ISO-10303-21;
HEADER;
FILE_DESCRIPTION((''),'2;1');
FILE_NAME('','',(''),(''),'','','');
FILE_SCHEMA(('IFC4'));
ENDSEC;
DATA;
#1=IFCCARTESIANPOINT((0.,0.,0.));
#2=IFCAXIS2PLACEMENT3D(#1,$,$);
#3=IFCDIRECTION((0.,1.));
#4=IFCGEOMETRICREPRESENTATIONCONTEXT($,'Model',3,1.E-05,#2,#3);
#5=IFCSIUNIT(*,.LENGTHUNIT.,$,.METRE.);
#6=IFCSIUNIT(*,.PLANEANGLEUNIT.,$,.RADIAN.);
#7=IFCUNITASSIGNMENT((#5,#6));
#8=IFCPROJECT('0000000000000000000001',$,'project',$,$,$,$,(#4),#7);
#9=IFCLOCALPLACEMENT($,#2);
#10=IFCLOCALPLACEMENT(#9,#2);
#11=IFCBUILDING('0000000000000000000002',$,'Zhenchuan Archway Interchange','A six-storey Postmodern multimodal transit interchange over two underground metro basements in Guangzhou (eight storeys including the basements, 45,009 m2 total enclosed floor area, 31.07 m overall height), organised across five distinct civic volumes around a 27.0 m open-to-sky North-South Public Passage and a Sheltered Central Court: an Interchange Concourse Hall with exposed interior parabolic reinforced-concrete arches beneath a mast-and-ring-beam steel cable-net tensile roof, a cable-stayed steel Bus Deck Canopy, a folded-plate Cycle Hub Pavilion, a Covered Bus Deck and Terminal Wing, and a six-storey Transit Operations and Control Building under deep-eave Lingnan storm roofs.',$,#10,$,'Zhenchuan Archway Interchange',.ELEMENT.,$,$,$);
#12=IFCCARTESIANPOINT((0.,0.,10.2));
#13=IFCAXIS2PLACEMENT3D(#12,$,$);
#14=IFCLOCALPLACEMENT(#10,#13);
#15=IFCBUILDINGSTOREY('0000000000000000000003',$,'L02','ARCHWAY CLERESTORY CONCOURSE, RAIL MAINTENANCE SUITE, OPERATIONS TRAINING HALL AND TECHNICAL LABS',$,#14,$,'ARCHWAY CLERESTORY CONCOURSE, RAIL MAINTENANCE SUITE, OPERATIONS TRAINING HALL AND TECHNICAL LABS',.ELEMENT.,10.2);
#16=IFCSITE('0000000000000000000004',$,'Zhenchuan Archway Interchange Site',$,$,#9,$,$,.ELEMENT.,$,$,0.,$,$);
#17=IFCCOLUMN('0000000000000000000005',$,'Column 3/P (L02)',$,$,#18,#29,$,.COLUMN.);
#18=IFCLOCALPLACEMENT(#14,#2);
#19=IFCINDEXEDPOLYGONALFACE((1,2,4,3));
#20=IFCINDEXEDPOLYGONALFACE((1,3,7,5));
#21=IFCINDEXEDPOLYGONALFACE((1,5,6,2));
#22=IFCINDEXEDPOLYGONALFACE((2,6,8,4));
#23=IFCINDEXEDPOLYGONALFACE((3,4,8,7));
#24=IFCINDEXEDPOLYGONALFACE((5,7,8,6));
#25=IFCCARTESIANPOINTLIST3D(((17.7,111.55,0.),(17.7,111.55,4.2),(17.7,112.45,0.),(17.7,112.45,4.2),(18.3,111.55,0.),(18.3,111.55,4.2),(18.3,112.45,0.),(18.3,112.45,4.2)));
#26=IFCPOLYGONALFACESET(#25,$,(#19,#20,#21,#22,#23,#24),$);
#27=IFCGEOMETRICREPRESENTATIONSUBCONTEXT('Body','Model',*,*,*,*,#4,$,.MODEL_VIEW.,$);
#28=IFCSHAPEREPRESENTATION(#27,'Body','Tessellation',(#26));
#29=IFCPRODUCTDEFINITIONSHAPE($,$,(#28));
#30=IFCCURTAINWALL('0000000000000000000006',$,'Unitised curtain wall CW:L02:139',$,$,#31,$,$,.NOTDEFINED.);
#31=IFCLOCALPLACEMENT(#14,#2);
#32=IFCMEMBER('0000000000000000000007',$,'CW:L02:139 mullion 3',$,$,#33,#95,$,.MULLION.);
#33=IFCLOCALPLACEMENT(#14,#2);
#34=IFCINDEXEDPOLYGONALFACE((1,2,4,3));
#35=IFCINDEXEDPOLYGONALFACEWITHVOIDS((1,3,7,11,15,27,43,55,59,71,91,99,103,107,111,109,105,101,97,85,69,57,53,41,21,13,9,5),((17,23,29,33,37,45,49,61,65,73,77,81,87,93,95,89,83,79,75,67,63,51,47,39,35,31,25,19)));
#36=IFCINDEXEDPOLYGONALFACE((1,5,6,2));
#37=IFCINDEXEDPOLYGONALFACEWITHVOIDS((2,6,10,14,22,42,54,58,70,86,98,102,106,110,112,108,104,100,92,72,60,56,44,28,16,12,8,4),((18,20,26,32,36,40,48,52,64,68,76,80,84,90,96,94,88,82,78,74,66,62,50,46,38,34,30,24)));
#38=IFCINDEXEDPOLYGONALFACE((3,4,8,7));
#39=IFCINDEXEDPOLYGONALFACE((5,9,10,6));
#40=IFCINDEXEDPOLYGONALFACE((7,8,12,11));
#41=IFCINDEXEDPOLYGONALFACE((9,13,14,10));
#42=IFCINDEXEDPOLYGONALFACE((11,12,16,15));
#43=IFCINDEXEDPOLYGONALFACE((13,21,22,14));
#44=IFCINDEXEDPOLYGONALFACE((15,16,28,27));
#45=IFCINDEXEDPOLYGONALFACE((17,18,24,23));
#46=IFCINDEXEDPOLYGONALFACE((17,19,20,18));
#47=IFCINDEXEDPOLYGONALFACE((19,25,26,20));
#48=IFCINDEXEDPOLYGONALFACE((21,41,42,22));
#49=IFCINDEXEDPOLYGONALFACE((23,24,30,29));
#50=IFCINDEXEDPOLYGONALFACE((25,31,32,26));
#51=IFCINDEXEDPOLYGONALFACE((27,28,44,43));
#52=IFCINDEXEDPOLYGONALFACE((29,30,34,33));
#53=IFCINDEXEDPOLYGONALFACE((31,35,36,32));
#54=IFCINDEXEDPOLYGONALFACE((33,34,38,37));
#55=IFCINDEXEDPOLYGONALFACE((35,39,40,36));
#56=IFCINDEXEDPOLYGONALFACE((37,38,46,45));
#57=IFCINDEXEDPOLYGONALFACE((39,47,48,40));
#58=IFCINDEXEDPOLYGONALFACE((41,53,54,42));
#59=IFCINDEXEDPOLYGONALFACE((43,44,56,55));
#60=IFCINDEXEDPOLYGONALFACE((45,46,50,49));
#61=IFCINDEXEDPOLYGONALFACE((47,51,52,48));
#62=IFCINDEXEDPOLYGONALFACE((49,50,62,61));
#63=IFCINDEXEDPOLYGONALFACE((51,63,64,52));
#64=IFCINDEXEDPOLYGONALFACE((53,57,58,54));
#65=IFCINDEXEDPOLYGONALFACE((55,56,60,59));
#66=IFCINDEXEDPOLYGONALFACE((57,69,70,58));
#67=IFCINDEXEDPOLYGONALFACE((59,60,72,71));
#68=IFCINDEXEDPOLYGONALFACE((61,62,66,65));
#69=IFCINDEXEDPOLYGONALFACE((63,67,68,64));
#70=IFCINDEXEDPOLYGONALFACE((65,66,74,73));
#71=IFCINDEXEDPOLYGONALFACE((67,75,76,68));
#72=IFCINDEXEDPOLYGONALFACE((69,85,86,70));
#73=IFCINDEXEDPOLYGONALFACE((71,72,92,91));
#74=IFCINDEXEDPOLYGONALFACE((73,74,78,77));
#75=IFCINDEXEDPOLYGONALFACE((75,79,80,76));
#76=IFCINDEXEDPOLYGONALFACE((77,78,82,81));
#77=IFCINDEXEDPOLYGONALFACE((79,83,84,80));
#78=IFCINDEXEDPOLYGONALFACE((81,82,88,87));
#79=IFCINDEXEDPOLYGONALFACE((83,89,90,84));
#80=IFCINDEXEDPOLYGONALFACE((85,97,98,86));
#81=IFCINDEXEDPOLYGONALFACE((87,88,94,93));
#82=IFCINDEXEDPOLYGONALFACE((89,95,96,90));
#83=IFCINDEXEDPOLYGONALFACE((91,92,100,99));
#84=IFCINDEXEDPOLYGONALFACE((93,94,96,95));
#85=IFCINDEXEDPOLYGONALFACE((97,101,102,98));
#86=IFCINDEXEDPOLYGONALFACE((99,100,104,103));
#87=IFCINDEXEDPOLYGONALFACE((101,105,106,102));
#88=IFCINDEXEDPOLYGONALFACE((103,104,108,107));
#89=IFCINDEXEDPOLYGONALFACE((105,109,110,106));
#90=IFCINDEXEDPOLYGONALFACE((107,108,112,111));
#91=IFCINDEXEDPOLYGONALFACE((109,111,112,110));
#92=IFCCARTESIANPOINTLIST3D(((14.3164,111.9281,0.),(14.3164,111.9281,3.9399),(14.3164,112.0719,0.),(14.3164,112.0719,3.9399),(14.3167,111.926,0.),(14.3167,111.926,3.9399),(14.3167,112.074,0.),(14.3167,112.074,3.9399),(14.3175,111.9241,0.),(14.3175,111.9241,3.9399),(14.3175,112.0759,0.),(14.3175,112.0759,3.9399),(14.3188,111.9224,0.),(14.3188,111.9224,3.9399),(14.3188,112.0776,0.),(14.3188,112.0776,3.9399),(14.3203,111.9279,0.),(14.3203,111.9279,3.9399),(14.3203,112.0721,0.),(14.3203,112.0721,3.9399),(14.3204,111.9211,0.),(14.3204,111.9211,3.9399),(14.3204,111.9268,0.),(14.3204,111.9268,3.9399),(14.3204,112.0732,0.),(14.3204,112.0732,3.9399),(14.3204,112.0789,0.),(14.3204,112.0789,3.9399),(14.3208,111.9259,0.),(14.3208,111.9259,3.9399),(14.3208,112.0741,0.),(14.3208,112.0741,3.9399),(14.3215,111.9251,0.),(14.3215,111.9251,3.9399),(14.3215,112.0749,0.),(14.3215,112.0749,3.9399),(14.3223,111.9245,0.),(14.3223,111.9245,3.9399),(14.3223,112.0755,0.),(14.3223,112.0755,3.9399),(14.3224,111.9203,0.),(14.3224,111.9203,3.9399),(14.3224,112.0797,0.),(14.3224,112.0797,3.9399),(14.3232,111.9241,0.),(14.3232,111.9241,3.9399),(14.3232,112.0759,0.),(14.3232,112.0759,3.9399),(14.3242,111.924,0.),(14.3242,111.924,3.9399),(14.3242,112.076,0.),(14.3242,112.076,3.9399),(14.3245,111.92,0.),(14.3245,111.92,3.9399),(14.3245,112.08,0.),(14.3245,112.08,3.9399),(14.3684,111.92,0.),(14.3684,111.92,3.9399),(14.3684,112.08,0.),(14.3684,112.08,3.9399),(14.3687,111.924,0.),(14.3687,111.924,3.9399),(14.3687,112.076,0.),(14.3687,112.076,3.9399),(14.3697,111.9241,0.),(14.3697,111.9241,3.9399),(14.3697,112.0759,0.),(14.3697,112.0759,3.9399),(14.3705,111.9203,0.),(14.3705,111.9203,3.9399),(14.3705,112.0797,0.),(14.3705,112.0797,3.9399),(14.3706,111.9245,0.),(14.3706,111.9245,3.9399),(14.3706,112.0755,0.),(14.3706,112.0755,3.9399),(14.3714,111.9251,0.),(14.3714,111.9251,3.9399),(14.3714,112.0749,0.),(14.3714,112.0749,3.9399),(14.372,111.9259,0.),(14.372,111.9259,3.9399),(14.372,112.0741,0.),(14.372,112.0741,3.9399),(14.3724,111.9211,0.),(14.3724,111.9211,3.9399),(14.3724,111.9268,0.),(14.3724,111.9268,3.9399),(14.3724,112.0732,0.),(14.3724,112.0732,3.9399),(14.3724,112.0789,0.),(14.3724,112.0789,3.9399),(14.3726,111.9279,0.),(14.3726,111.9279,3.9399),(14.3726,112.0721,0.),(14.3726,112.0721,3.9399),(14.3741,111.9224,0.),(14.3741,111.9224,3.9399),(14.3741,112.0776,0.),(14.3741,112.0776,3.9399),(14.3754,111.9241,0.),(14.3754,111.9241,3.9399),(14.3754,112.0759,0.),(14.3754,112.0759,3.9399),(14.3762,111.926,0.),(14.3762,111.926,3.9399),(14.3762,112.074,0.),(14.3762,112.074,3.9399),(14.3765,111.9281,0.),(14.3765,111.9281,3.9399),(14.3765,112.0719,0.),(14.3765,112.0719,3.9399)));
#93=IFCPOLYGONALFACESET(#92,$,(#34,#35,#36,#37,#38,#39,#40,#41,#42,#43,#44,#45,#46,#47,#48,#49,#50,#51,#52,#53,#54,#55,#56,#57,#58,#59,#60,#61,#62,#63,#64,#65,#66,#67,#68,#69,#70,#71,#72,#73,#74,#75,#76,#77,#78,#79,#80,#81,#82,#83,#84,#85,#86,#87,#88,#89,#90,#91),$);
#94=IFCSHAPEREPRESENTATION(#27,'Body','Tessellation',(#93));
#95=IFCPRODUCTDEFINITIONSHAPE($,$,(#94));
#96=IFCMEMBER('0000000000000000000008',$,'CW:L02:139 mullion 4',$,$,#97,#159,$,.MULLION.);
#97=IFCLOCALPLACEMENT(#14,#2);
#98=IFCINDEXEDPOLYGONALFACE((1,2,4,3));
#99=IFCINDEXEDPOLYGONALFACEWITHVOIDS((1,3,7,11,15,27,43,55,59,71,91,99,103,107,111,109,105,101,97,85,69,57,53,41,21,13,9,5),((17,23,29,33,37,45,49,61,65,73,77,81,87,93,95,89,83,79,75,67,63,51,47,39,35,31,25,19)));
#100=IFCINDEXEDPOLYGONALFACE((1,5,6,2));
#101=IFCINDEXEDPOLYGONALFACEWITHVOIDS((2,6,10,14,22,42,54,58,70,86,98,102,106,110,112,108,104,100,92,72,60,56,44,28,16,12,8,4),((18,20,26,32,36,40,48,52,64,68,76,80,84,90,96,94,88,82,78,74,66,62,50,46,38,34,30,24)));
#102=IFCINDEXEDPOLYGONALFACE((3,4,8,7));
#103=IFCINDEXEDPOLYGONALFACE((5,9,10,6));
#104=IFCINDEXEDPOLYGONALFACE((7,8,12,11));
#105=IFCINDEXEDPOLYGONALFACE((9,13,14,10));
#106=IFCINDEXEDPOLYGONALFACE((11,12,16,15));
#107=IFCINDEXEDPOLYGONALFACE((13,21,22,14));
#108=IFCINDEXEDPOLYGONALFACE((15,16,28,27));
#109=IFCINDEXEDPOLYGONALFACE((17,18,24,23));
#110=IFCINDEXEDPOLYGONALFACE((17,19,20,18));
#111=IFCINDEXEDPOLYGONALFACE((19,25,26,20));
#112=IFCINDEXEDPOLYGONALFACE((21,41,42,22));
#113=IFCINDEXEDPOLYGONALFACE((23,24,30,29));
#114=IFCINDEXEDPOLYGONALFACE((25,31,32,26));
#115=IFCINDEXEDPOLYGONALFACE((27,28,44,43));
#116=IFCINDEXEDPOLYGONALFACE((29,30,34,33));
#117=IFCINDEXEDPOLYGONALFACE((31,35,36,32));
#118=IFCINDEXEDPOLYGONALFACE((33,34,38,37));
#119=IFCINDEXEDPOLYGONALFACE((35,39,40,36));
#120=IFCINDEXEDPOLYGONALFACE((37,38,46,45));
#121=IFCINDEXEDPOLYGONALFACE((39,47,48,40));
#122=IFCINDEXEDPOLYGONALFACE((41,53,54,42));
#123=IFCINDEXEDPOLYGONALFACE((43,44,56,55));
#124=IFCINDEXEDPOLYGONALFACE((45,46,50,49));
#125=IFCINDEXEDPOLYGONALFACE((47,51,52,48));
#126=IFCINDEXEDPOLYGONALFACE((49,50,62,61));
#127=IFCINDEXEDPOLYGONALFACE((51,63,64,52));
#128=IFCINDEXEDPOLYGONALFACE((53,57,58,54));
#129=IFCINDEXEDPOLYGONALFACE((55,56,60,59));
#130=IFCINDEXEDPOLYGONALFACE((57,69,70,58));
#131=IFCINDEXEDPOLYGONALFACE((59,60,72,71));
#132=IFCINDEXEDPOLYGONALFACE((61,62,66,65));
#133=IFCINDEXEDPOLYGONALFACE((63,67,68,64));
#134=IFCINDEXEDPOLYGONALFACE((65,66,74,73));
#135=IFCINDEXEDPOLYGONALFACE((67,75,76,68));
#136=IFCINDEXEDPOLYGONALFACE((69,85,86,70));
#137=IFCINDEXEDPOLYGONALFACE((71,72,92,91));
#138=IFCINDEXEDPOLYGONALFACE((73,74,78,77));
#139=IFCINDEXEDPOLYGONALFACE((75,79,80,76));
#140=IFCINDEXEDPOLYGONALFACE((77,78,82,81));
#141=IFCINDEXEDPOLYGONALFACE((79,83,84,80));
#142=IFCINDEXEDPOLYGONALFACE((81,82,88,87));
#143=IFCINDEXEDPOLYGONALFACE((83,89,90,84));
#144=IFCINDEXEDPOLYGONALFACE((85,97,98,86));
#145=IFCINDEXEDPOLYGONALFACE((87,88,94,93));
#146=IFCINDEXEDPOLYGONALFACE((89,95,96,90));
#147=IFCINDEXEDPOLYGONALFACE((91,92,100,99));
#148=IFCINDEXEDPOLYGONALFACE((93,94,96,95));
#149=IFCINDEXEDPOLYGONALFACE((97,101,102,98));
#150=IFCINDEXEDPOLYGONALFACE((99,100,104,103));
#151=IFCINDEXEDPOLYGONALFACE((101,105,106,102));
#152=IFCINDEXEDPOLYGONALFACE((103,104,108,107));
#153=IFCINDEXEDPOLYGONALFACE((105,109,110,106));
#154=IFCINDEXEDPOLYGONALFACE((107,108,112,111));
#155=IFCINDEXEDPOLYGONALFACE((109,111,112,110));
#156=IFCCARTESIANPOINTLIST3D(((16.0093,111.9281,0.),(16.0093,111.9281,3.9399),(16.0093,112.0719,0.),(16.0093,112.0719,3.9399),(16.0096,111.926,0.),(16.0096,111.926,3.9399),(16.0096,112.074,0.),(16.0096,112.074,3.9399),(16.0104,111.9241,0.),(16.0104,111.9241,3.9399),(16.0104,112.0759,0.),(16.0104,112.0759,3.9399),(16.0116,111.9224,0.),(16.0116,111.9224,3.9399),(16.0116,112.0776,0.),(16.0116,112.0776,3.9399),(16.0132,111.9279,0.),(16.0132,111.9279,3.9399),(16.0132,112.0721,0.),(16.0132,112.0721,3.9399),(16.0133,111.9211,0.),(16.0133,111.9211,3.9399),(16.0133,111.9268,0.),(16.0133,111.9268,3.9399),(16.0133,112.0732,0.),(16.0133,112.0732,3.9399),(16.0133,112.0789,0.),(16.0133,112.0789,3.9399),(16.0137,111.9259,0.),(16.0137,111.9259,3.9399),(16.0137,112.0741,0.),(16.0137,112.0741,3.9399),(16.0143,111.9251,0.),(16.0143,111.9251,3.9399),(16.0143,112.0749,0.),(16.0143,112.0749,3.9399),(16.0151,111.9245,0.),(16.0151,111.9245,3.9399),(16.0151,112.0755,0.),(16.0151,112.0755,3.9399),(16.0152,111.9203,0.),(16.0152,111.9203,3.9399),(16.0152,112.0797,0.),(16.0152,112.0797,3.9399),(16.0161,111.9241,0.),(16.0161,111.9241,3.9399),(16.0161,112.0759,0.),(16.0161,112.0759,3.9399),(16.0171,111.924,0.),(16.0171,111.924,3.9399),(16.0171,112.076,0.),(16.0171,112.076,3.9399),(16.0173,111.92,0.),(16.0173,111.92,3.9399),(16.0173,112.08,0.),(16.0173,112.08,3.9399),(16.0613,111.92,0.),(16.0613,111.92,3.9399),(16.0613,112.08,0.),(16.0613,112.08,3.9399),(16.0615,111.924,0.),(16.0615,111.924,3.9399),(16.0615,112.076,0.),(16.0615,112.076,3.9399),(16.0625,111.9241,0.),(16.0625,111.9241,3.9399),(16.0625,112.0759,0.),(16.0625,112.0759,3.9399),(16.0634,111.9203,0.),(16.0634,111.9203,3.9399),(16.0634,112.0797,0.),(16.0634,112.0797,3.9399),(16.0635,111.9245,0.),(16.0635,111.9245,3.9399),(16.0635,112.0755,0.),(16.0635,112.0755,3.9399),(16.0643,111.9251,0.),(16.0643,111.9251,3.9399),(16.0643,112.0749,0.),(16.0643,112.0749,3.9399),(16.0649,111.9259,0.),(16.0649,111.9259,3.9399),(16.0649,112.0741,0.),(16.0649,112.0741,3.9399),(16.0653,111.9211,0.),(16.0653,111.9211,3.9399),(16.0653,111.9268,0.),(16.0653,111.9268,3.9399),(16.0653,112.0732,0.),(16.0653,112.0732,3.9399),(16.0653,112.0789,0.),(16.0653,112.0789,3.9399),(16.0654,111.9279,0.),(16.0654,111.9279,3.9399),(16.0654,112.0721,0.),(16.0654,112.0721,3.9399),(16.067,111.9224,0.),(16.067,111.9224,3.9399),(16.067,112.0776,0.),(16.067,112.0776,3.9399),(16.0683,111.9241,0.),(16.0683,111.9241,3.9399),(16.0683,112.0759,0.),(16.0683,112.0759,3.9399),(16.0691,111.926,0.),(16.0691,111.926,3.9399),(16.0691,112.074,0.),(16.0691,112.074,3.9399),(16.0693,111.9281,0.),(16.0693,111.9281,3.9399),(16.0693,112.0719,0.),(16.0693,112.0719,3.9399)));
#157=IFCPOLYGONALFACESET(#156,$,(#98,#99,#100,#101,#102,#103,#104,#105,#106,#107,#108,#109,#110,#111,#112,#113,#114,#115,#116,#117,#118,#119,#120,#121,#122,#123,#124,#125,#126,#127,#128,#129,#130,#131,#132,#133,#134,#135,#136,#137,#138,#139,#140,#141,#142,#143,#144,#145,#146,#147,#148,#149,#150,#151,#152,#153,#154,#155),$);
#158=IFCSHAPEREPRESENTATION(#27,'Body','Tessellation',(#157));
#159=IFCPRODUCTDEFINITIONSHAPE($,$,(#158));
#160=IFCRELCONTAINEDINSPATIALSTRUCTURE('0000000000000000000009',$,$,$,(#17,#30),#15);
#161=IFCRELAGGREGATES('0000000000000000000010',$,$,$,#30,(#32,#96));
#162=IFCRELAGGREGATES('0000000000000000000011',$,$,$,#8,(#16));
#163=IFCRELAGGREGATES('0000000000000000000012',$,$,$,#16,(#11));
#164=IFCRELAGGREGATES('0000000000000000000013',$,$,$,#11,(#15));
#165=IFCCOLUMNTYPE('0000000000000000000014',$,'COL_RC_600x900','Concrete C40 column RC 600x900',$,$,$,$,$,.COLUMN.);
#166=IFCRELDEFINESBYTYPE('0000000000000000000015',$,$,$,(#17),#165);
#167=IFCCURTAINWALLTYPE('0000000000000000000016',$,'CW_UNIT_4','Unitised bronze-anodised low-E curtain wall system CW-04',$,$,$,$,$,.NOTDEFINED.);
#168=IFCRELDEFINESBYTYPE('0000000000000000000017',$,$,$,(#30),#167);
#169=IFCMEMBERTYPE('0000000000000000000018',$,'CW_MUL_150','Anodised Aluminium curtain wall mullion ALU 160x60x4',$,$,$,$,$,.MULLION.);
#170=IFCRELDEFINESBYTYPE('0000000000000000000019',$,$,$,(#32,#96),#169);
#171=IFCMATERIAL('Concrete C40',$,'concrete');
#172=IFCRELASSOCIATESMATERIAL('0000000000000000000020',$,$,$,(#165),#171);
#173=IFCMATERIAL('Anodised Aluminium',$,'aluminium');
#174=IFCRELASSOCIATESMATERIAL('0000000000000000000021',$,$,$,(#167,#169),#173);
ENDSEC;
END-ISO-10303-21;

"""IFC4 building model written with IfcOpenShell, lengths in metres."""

from ifc_helpers import new_model, si_unit, direction, frame, origin, origin_2d, place, context, subcontext, project, spatial, rectangle, hollow_rectangle, extrude, material, material_profile, profile_set, type_object, element, aggregate, save


model = new_model("IFC4")

# Units and contexts
model_context = context("Model", 3, precision=1e-05, world=origin(), true_north=direction((0.0, 1.0)))
body_context = subcontext(model_context, "Body", "Model", "MODEL_VIEW")
ifc_project = project(units=[si_unit("LENGTHUNIT", "METRE"), si_unit("PLANEANGLEUNIT", "RADIAN")], contexts=[model_context])

# Site, building, storey
site_placement = place(None, origin())
site = spatial("IfcSite", under=ifc_project, at=site_placement, Name="Zhenchuan Archway Interchange Site", CompositionType="ELEMENT", RefElevation=0.0)
building_placement = place(site_placement, origin())
building = spatial("IfcBuilding", under=site, at=building_placement, Name="Zhenchuan Archway Interchange", Description="A six-storey Postmodern multimodal transit interchange over two underground metro basements in Guangzhou (eight storeys including the basements, 45,009 m2 total enclosed floor area, 31.07 m overall height), organised across five distinct civic volumes around a 27.0 m open-to-sky North-South Public Passage and a Sheltered Central Court: an Interchange Concourse Hall with exposed interior parabolic reinforced-concrete arches beneath a mast-and-ring-beam steel cable-net tensile roof, a cable-stayed steel Bus Deck Canopy, a folded-plate Cycle Hub Pavilion, a Covered Bus Deck and Terminal Wing, and a six-storey Transit Operations and Control Building under deep-eave Lingnan storm roofs.", LongName="Zhenchuan Archway Interchange", CompositionType="ELEMENT")
storey_placement = place(building_placement, frame((0.0, 0.0, 10.2)))
storey = spatial("IfcBuildingStorey", under=building, at=storey_placement, Name="L02", Description="ARCHWAY CLERESTORY CONCOURSE, RAIL MAINTENANCE SUITE, OPERATIONS TRAINING HALL AND TECHNICAL LABS", LongName="ARCHWAY CLERESTORY CONCOURSE, RAIL MAINTENANCE SUITE, OPERATIONS TRAINING HALL AND TECHNICAL LABS", CompositionType="ELEMENT", Elevation=10.2)

# Column
ifc_material_1 = material(Name="Concrete C40", Category="concrete")
ifc_material_profile_1 = material_profile(ifc_material_1, rectangle(XDim=0.6001, YDim=0.8999, at=origin_2d()), Name="RC 600x900")
ifc_profile_set_1 = profile_set([ifc_material_profile_1], Name="Concrete C40")
column_type = type_object("IfcColumnType", Name="COL_RC_600x900", Description="Concrete C40 column RC 600x900", PredefinedType="COLUMN", material=ifc_profile_set_1)
column_placement = place(storey_placement, frame((18.0, 112.0, 0.0), z_axis=(0.0, 0.0, 1.0), x_axis=(1.0, 0.0, 0.0)))
element("IfcColumn", 1, at=column_placement, inside=storey, type_object=column_type, Name="Column 3/P (L02)", PredefinedType="COLUMN", context=body_context, shape_type="SweptSolid", body=[
    extrude(rectangle(XDim=0.6001, YDim=0.8999, at=origin_2d()), origin(), (0.0, 0.0, 1.0), 4.2),
])

# Curtain wall, members
ifc_material_2 = material(Name="Anodised Aluminium", Category="aluminium")
curtain_wall_type_1 = type_object("IfcCurtainWallType", Name="CW_UNIT_4", Description="Unitised bronze-anodised low-E curtain wall system CW-04", PredefinedType="NOTDEFINED", material=ifc_material_2)
curtain_wall_1_placement = place(storey_placement, origin())
curtain_wall_1 = element("IfcCurtainWall", 2, at=curtain_wall_1_placement, inside=storey, type_object=curtain_wall_type_1, Name="Unitised curtain wall CW:L02:139", PredefinedType="NOTDEFINED")
ifc_material_profile_2 = material_profile(ifc_material_2, hollow_rectangle(XDim=0.0601, YDim=0.1599, WallThickness=0.0039, InnerFilletRadius=0.0039, OuterFilletRadius=0.0081, at=origin_2d()), Name="ALU 160x60x4")
ifc_profile_set_2 = profile_set([ifc_material_profile_2], Name="Anodised Aluminium")
member_type_1 = type_object("IfcMemberType", Name="CW_MUL_150", Description="Anodised Aluminium curtain wall mullion ALU 160x60x4", PredefinedType="MULLION", material=ifc_profile_set_2)
member_1_placement = place(storey_placement, frame((14.3464, 112.0, 0.0), z_axis=(0.0, 0.0, 1.0), x_axis=(1.0, 0.0, 0.0)))
member_1 = element("IfcMember", 3, at=member_1_placement, type_object=member_type_1, Name="CW:L02:139 mullion 3", PredefinedType="MULLION", context=body_context, shape_type="SweptSolid", body=[
    extrude(hollow_rectangle(XDim=0.0601, YDim=0.1599, WallThickness=0.0039, InnerFilletRadius=0.0039, OuterFilletRadius=0.0081, at=origin_2d()), origin(), (0.0, 0.0, 1.0), 3.9399),
])
member_2_placement = place(storey_placement, frame((16.0393, 112.0, 0.0), z_axis=(0.0, 0.0, 1.0), x_axis=(1.0, 0.0, 0.0)))
member_2 = element("IfcMember", 4, at=member_2_placement, type_object=member_type_1, Name="CW:L02:139 mullion 4", PredefinedType="MULLION", context=body_context, shape_type="SweptSolid", body=[
    extrude(hollow_rectangle(XDim=0.0601, YDim=0.1599, WallThickness=0.0039, InnerFilletRadius=0.0039, OuterFilletRadius=0.0081, at=origin_2d()), origin(), (0.0, 0.0, 1.0), 3.9399),
])

aggregate(curtain_wall_1, [member_1, member_2])

save(model, "model.ifc")
